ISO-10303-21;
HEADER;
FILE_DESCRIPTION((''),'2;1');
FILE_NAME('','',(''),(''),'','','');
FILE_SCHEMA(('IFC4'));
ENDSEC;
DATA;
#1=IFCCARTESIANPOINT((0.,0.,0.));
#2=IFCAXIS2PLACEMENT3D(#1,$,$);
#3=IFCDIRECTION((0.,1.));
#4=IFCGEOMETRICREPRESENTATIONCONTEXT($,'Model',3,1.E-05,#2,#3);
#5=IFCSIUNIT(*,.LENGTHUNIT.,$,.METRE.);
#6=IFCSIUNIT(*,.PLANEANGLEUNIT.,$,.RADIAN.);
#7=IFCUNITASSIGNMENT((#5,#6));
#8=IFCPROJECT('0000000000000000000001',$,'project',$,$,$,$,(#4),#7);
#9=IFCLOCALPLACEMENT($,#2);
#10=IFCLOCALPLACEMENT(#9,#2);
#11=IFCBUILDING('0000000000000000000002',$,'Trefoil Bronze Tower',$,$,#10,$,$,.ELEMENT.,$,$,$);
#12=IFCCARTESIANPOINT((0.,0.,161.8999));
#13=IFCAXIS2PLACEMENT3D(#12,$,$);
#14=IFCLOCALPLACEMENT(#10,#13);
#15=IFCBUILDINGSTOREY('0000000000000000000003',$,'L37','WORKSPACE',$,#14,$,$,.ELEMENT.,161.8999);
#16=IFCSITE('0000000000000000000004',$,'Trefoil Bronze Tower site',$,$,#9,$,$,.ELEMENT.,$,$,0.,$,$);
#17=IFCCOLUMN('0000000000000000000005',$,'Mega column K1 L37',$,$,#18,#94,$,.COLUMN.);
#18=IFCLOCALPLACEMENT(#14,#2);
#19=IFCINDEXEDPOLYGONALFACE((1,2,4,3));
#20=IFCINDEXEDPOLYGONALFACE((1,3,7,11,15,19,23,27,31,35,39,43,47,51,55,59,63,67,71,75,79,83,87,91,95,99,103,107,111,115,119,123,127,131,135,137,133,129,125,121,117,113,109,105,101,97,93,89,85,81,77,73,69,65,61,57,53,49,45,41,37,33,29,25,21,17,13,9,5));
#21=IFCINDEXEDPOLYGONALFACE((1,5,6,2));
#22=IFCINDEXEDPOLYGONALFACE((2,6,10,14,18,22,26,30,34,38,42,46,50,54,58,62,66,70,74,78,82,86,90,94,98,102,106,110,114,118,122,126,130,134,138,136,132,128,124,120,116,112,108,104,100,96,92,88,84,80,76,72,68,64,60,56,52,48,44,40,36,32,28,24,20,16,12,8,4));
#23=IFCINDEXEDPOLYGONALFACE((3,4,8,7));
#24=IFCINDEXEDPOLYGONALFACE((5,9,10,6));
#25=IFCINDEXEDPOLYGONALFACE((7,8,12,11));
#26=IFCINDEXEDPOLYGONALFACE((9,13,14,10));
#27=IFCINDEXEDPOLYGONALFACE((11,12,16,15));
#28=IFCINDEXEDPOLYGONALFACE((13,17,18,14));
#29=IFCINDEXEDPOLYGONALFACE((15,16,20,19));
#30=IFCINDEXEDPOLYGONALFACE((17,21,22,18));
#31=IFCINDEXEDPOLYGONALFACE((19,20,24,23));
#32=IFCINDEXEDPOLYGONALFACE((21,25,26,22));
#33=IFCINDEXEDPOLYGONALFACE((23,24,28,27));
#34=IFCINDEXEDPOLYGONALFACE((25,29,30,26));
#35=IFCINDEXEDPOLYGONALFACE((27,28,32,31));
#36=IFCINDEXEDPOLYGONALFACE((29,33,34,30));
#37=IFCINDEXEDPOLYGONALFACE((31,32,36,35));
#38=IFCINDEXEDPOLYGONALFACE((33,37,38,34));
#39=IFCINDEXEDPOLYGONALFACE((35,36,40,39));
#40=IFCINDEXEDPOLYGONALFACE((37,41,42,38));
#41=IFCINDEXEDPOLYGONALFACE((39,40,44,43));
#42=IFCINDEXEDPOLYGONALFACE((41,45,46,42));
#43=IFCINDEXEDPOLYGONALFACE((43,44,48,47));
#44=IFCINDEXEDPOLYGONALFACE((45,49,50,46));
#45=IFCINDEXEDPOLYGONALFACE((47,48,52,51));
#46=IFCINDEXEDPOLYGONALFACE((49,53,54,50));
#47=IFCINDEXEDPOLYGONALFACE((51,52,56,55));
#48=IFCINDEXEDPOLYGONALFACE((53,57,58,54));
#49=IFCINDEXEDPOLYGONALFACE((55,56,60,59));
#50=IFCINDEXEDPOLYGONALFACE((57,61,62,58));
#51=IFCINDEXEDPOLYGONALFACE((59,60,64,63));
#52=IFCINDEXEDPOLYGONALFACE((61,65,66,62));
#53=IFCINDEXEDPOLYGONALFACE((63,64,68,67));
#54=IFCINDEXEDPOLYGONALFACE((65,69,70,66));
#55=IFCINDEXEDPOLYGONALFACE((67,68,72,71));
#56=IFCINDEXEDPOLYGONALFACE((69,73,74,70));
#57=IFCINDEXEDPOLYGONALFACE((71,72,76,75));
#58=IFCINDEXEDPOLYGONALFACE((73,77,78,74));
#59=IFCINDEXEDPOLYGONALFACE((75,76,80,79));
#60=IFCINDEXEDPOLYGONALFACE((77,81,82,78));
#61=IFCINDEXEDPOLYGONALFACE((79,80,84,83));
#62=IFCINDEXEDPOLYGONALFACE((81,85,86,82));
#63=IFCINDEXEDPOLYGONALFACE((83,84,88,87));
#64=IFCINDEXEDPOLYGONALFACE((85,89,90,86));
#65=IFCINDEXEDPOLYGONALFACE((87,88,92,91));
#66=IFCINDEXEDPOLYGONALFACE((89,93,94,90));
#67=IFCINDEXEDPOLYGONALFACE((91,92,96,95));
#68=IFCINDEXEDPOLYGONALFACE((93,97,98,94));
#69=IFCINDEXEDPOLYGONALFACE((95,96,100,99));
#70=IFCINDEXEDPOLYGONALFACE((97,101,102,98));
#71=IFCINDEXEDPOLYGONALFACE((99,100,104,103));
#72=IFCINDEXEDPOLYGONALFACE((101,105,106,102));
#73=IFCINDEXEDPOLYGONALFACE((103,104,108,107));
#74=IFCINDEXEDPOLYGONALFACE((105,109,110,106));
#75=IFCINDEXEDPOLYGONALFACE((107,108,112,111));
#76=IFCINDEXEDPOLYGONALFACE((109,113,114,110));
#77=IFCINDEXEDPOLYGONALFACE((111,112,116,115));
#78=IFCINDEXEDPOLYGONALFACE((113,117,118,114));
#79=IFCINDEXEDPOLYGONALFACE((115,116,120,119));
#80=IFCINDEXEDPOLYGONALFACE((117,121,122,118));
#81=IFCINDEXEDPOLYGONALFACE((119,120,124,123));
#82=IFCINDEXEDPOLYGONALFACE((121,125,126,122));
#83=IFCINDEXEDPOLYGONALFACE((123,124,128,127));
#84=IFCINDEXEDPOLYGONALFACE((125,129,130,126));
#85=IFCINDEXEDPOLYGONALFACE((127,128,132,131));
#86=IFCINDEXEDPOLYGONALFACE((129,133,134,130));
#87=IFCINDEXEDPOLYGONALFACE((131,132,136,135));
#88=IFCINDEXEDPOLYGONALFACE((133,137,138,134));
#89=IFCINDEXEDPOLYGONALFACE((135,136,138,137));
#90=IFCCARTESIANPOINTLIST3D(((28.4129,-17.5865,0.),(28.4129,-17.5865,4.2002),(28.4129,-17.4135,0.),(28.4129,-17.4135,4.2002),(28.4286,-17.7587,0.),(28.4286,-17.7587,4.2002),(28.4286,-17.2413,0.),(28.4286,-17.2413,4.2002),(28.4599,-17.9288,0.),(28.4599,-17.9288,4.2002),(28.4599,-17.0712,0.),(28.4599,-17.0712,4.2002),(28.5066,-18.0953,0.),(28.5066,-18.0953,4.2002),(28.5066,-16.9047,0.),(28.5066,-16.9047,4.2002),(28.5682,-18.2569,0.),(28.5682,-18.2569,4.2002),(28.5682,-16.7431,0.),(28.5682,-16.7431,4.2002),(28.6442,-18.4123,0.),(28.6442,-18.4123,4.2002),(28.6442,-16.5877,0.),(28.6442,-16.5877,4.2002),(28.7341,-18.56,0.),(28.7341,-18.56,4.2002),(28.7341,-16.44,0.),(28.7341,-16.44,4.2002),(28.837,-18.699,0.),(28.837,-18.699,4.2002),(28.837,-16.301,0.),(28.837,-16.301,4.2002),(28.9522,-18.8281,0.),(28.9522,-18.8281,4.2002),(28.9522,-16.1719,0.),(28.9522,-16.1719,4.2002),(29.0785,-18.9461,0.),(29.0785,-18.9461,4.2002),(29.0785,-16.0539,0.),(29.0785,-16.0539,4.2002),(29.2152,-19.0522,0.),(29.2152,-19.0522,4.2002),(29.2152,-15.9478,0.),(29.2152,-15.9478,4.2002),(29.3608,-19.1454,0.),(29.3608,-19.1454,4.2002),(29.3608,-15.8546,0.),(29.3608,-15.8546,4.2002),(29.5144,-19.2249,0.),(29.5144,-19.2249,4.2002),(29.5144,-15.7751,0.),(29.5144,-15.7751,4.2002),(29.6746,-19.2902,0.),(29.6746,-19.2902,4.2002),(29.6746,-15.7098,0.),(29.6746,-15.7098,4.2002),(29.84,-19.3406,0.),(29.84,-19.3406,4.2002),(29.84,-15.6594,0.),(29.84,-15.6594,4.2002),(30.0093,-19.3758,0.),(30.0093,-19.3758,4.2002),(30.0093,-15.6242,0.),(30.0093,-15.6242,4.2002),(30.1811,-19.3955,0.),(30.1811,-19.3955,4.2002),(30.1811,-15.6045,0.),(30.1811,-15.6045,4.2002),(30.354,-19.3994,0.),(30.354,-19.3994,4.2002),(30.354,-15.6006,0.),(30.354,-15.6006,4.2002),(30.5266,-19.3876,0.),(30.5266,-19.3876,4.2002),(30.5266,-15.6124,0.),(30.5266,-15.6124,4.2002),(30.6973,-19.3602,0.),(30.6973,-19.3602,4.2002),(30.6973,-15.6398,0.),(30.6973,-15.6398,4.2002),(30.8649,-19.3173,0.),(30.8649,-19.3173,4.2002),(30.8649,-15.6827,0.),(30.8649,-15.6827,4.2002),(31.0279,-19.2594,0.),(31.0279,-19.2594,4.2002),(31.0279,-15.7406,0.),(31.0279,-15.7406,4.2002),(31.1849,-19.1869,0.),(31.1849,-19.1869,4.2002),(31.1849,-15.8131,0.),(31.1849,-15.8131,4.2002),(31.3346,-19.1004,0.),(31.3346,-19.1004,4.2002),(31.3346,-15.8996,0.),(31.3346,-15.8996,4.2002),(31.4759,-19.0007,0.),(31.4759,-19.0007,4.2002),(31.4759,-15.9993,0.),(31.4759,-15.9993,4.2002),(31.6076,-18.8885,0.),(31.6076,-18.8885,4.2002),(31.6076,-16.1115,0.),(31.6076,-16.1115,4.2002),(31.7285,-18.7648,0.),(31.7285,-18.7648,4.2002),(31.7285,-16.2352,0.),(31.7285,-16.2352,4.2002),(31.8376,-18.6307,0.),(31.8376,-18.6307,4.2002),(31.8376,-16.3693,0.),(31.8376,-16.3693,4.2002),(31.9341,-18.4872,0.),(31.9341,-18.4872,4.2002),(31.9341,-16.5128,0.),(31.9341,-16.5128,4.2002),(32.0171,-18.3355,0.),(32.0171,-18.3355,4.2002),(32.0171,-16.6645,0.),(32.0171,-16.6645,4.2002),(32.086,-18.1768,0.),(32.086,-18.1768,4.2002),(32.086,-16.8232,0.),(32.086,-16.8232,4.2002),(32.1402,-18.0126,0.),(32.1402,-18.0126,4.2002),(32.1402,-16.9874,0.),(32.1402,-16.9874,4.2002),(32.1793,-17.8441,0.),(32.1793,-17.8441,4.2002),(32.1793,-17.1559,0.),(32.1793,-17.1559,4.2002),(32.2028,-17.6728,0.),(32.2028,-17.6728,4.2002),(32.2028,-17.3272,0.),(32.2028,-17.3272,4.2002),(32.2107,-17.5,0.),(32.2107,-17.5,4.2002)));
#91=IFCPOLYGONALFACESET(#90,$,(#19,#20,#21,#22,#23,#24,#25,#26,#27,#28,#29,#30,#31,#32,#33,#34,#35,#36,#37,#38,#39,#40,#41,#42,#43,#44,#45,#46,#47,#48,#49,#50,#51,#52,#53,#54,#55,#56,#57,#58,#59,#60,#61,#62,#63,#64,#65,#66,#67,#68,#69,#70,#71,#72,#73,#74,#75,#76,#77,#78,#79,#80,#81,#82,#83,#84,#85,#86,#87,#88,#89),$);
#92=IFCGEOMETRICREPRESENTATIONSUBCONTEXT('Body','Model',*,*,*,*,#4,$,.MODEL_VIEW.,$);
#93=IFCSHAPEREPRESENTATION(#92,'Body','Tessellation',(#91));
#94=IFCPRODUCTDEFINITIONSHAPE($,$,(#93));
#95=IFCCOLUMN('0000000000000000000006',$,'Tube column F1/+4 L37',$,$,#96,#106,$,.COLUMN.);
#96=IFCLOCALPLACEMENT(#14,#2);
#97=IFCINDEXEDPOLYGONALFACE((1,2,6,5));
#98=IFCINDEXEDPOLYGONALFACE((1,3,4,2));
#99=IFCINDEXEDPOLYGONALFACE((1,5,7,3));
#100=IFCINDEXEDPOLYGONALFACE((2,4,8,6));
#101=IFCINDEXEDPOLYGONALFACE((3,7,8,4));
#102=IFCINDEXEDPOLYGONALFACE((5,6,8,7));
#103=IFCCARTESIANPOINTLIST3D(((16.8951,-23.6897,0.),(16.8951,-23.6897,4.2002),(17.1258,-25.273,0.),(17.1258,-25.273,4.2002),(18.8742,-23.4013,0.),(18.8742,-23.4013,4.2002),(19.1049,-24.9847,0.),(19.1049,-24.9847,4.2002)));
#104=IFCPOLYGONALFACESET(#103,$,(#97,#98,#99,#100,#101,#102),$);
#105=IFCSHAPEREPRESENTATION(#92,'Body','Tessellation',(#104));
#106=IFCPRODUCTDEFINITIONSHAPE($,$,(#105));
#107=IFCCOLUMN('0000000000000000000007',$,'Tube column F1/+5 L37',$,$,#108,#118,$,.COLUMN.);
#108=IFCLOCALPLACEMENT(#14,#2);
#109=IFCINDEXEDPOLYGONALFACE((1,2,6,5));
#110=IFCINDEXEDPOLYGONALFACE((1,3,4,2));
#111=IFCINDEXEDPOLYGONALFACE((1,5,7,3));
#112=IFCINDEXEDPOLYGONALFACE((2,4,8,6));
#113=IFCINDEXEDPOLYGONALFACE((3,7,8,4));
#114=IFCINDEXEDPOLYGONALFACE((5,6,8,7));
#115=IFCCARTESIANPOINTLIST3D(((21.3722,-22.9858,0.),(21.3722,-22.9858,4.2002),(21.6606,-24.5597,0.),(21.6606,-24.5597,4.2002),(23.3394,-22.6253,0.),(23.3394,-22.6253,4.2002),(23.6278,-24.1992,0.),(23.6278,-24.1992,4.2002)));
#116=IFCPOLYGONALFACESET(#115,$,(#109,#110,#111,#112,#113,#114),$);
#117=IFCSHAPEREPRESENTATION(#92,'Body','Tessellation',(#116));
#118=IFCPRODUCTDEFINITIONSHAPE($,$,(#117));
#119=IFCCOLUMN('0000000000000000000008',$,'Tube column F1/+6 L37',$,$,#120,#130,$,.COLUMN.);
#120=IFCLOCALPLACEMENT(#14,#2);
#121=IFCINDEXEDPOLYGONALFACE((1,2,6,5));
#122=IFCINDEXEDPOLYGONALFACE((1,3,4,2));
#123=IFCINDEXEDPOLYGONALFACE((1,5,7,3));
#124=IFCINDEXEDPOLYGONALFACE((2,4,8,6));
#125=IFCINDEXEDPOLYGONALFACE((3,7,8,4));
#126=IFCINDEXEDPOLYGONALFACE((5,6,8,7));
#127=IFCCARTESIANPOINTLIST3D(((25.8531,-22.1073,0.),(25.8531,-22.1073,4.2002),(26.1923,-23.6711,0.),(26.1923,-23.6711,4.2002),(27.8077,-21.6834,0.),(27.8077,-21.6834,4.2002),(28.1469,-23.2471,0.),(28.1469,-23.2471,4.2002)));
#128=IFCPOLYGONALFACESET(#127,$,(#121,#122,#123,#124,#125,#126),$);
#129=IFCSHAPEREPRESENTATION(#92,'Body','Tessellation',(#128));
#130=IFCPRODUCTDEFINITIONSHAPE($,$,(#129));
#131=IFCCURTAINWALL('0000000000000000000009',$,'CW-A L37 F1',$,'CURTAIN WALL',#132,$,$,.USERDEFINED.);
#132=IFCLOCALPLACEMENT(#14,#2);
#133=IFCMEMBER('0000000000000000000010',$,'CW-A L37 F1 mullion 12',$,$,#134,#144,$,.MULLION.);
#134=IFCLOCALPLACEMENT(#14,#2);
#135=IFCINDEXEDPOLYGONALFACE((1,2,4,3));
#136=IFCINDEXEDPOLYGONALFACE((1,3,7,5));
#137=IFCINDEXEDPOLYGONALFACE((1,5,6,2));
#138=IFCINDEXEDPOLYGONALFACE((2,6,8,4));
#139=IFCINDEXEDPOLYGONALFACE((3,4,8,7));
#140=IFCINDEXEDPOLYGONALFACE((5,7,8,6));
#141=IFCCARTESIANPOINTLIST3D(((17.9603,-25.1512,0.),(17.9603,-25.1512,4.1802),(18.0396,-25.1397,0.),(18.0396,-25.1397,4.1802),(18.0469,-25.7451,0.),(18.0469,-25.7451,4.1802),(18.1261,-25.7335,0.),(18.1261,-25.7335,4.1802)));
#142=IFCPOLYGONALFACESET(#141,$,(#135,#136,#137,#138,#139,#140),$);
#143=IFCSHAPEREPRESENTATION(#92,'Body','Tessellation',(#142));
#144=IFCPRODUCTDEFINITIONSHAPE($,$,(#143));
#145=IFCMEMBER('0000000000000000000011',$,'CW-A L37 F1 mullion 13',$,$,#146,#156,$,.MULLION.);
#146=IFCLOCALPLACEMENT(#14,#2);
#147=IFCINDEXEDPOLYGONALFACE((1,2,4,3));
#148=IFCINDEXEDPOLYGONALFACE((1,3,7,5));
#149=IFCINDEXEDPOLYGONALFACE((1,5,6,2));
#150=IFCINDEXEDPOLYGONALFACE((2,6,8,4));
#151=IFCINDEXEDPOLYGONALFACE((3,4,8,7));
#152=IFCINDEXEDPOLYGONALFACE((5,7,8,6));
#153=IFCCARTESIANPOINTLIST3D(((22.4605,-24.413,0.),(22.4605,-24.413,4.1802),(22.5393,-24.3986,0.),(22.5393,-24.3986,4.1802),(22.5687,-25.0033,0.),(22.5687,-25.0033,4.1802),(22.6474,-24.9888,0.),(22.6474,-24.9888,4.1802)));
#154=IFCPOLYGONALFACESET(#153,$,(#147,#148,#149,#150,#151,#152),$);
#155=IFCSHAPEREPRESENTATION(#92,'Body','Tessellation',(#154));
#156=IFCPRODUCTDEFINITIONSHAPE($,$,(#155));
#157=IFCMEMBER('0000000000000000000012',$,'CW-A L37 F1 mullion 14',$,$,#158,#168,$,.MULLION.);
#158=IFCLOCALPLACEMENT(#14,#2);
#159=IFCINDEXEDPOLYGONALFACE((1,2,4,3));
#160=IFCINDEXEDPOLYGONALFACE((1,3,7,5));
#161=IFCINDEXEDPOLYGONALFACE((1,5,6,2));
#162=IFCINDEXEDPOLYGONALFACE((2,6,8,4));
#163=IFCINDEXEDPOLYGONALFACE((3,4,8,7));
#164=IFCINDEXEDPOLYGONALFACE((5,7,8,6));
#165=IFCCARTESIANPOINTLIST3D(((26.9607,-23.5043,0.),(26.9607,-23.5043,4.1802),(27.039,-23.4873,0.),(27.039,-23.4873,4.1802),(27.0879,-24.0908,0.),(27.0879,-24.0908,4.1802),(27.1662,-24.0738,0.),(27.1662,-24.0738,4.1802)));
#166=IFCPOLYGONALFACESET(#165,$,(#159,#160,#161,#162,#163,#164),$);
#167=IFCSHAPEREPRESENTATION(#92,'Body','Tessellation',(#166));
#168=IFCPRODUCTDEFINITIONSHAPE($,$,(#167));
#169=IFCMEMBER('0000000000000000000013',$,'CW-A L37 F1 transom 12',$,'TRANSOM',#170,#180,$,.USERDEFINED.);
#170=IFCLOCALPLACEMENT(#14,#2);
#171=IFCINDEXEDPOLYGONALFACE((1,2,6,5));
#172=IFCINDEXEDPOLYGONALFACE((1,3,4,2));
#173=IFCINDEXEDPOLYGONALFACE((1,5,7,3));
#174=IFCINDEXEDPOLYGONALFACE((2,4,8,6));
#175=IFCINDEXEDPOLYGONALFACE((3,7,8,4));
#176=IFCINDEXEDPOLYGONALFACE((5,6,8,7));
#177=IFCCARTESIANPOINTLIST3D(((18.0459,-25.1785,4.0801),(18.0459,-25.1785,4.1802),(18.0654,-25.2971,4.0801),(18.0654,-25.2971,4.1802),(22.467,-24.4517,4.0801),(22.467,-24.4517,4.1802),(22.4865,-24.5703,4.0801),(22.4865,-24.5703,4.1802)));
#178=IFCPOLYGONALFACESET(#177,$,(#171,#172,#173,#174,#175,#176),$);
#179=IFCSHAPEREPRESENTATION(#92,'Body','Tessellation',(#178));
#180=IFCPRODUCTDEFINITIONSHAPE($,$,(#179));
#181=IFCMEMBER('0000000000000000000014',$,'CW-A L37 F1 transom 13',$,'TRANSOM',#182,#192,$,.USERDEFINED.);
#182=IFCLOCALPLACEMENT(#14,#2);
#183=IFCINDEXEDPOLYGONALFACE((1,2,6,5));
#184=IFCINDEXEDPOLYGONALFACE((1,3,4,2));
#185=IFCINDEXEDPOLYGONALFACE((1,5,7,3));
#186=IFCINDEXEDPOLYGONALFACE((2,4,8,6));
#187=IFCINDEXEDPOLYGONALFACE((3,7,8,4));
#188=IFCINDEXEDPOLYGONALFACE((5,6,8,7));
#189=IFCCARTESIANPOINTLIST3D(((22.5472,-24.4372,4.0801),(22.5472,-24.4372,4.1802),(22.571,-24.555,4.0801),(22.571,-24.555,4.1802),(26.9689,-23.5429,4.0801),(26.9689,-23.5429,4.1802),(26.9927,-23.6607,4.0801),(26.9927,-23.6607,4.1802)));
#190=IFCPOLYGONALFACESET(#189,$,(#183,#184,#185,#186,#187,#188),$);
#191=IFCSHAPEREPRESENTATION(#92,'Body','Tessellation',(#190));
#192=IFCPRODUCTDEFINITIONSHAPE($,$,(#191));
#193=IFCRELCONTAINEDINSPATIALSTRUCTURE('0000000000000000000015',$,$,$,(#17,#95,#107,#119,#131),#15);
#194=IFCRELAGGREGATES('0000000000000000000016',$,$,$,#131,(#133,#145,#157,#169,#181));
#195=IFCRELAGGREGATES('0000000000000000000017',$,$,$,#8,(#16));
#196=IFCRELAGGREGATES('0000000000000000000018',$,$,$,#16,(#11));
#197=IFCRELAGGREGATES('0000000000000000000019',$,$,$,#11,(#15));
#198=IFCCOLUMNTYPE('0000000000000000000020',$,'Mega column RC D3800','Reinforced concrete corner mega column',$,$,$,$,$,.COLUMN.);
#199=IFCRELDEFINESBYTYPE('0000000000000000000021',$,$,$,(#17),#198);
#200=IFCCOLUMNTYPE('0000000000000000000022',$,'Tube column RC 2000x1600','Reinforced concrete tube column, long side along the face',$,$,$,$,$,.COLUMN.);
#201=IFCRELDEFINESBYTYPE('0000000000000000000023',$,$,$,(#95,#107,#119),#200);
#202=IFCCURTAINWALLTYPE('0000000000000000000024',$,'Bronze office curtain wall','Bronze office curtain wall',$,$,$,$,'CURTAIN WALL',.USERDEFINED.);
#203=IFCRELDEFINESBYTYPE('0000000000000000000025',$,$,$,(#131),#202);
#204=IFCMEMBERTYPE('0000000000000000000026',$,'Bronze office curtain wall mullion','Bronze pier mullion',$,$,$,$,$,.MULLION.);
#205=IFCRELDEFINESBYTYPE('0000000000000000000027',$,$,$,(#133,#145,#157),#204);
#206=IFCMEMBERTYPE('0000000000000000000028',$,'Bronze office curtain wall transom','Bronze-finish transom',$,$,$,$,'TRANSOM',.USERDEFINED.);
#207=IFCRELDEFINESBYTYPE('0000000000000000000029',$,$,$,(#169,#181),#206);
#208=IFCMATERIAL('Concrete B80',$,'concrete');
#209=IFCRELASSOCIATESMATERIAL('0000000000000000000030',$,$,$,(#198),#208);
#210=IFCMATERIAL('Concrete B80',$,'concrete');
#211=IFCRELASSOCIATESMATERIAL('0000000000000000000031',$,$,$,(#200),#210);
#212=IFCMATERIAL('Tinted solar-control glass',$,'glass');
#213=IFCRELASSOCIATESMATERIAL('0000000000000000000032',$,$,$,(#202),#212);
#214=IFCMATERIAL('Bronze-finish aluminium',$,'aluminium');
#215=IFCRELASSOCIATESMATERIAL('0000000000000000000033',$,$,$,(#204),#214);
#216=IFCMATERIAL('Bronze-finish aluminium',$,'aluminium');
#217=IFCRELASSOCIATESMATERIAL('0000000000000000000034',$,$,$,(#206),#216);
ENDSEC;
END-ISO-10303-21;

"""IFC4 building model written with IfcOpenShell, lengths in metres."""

from ifc_helpers import new_model, si_unit, direction, frame, origin, origin_2d, place, context, subcontext, project, spatial, rectangle, circle, extrude, material, material_profile, profile_set, type_object, element, aggregate, save


model = new_model("IFC4")

# Units and contexts
model_context = context("Model", 3, precision=1e-05, world=origin(), true_north=direction((0.0, 1.0)))
body_context = subcontext(model_context, "Body", "Model", "MODEL_VIEW")
ifc_project = project(units=[si_unit("LENGTHUNIT", "METRE"), si_unit("PLANEANGLEUNIT", "RADIAN")], contexts=[model_context])

# Site, building, storey
site_placement = place(None, origin())
site = spatial("IfcSite", under=ifc_project, at=site_placement, Name="Trefoil Bronze Tower site", CompositionType="ELEMENT", RefElevation=0.0)
building_placement = place(site_placement, origin())
building = spatial("IfcBuilding", under=site, at=building_placement, Name="Trefoil Bronze Tower", CompositionType="ELEMENT")
storey_placement = place(building_placement, frame((0.0, 0.0, 161.8999)))
storey = spatial("IfcBuildingStorey", under=building, at=storey_placement, Name="L37", Description="WORKSPACE", CompositionType="ELEMENT", Elevation=161.8999)

# Columns
ifc_material_1 = material(Name="Concrete B80", Category="concrete")
ifc_material_profile_1 = material_profile(ifc_material_1, circle(Radius=1.8999, at=origin_2d()), Name="RC D3800")
ifc_profile_set_1 = profile_set([ifc_material_profile_1], Name="Concrete B80")
column_type_1 = type_object("IfcColumnType", Name="Mega column RC D3800", Description="Reinforced concrete corner mega column", PredefinedType="COLUMN", material=ifc_profile_set_1)
column_placement = place(storey_placement, frame((30.3108, -17.5, 0.0), z_axis=(0.0, 0.0, 1.0), x_axis=(1.0, 0.0, 0.0)))
element("IfcColumn", 1, at=column_placement, inside=storey, type_object=column_type_1, Name="Mega column K1 L37", PredefinedType="COLUMN", context=body_context, shape_type="SweptSolid", body=[
    extrude(circle(Radius=1.8999, at=origin_2d()), origin(), (0.0, 0.0, 1.0), 4.2002),
])
ifc_material_2 = material(Name="Concrete B80", Category="concrete")
ifc_material_profile_2 = material_profile(ifc_material_2, rectangle(XDim=2.0, YDim=1.6001, at=origin_2d()), Name="RC 2000x1600")
ifc_profile_set_2 = profile_set([ifc_material_profile_2], Name="Concrete B80")
column_type_2 = type_object("IfcColumnType", Name="Tube column RC 2000x1600", Description="Reinforced concrete tube column, long side along the face", PredefinedType="COLUMN", material=ifc_profile_set_2)
for number, where, z_axis, x_axis, name in (
    (2, (18.0, -24.3372, 0.0), (0.0, 0.0, 1.0), (0.98955, 0.144192, 0.0), "Tube column F1/+4 L37"),
    (3, (22.5, -23.5925, 0.0), (0.0, 0.0, 1.0), (0.983623, 0.180241, 0.0), "Tube column F1/+5 L37"),
    (4, (27.0, -22.6772, 0.0), (0.0, 0.0, 1.0), (0.977276, 0.21197, 0.0), "Tube column F1/+6 L37"),
):
    element("IfcColumn", number, at=place(storey_placement, frame(where, z_axis=z_axis, x_axis=x_axis)), inside=storey, type_object=column_type_2, Name=name, PredefinedType="COLUMN", context=body_context, shape_type="SweptSolid", body=[
        extrude(rectangle(XDim=2.0, YDim=1.6001, at=origin_2d()), origin(), (0.0, 0.0, 1.0), 4.2002),
    ])

# Curtain wall, members
ifc_material_3 = material(Name="Tinted solar-control glass", Category="glass")
curtain_wall_type_1 = type_object("IfcCurtainWallType", Name="Bronze office curtain wall", Description="Bronze office curtain wall", ElementType="CURTAIN WALL", PredefinedType="USERDEFINED", material=ifc_material_3)
curtain_wall_1_placement = place(storey_placement, origin())
curtain_wall_1 = element("IfcCurtainWall", 5, at=curtain_wall_1_placement, inside=storey, type_object=curtain_wall_type_1, Name="CW-A L37 F1", ObjectType="CURTAIN WALL", PredefinedType="USERDEFINED")
ifc_material_4 = material(Name="Bronze-finish aluminium", Category="aluminium")
ifc_material_profile_3 = material_profile(ifc_material_4, rectangle(XDim=0.6001, YDim=0.0801, at=origin_2d()), Name="CW-A mullion")
ifc_profile_set_3 = profile_set([ifc_material_profile_3], Name="Bronze-finish aluminium")
member_type_1 = type_object("IfcMemberType", Name="Bronze office curtain wall mullion", Description="Bronze pier mullion", PredefinedType="MULLION", material=ifc_profile_set_3)
member_1_placement = place(storey_placement, frame((18.0432, -25.4424, 0.0), z_axis=(0.0, 0.0, 1.0), x_axis=(-0.144192, 0.98955, 0.0)))
member_1 = element("IfcMember", 6, at=member_1_placement, type_object=member_type_1, Name="CW-A L37 F1 mullion 12", PredefinedType="MULLION", context=body_context, shape_type="SweptSolid", body=[
    extrude(rectangle(XDim=0.6001, YDim=0.0801, at=origin_2d()), origin(), (0.0, 0.0, 1.0), 4.1802),
])
member_2_placement = place(storey_placement, frame((22.554, -24.7009, 0.0), z_axis=(0.0, 0.0, 1.0), x_axis=(-0.180241, 0.983623, 0.0)))
member_2 = element("IfcMember", 7, at=member_2_placement, type_object=member_type_1, Name="CW-A L37 F1 mullion 13", PredefinedType="MULLION", context=body_context, shape_type="SweptSolid", body=[
    extrude(rectangle(XDim=0.6001, YDim=0.0801, at=origin_2d()), origin(), (0.0, 0.0, 1.0), 4.1802),
])
member_3_placement = place(storey_placement, frame((27.0635, -23.7891, 0.0), z_axis=(0.0, 0.0, 1.0), x_axis=(-0.21197, 0.977276, 0.0)))
member_3 = element("IfcMember", 8, at=member_3_placement, type_object=member_type_1, Name="CW-A L37 F1 mullion 14", PredefinedType="MULLION", context=body_context, shape_type="SweptSolid", body=[
    extrude(rectangle(XDim=0.6001, YDim=0.0801, at=origin_2d()), origin(), (0.0, 0.0, 1.0), 4.1802),
])
ifc_material_5 = material(Name="Bronze-finish aluminium", Category="aluminium")
ifc_material_profile_4 = material_profile(ifc_material_5, rectangle(XDim=0.1201, YDim=0.1001, at=origin_2d()), Name="CW-A transom")
ifc_profile_set_4 = profile_set([ifc_material_profile_4], Name="Bronze-finish aluminium")
member_type_2 = type_object("IfcMemberType", Name="Bronze office curtain wall transom", Description="Bronze-finish transom", ElementType="TRANSOM", PredefinedType="USERDEFINED", material=ifc_profile_set_4)
member_4_placement = place(storey_placement, frame((18.0557, -25.2378, 4.1301), z_axis=(0.986755, 0.162216, 0.0), x_axis=(-0.162216, 0.986755, 0.0)))
member_4 = element("IfcMember", 9, at=member_4_placement, type_object=member_type_2, Name="CW-A L37 F1 transom 12", ObjectType="TRANSOM", PredefinedType="USERDEFINED", context=body_context, shape_type="SweptSolid", body=[
    extrude(rectangle(XDim=0.1201, YDim=0.1001, at=origin_2d()), origin(), (0.0, 0.0, 1.0), 4.4805),
])
member_5_placement = place(storey_placement, frame((22.5591, -24.4961, 4.1301), z_axis=(0.980154, 0.198239, 0.0), x_axis=(-0.198239, 0.980154, 0.0)))
member_5 = element("IfcMember", 10, at=member_5_placement, type_object=member_type_2, Name="CW-A L37 F1 transom 13", ObjectType="TRANSOM", PredefinedType="USERDEFINED", context=body_context, shape_type="SweptSolid", body=[
    extrude(rectangle(XDim=0.1201, YDim=0.1001, at=origin_2d()), origin(), (0.0, 0.0, 1.0), 4.5112),
])

aggregate(curtain_wall_1, [member_1, member_2, member_3, member_4, member_5])

save(model, "model.ifc")
